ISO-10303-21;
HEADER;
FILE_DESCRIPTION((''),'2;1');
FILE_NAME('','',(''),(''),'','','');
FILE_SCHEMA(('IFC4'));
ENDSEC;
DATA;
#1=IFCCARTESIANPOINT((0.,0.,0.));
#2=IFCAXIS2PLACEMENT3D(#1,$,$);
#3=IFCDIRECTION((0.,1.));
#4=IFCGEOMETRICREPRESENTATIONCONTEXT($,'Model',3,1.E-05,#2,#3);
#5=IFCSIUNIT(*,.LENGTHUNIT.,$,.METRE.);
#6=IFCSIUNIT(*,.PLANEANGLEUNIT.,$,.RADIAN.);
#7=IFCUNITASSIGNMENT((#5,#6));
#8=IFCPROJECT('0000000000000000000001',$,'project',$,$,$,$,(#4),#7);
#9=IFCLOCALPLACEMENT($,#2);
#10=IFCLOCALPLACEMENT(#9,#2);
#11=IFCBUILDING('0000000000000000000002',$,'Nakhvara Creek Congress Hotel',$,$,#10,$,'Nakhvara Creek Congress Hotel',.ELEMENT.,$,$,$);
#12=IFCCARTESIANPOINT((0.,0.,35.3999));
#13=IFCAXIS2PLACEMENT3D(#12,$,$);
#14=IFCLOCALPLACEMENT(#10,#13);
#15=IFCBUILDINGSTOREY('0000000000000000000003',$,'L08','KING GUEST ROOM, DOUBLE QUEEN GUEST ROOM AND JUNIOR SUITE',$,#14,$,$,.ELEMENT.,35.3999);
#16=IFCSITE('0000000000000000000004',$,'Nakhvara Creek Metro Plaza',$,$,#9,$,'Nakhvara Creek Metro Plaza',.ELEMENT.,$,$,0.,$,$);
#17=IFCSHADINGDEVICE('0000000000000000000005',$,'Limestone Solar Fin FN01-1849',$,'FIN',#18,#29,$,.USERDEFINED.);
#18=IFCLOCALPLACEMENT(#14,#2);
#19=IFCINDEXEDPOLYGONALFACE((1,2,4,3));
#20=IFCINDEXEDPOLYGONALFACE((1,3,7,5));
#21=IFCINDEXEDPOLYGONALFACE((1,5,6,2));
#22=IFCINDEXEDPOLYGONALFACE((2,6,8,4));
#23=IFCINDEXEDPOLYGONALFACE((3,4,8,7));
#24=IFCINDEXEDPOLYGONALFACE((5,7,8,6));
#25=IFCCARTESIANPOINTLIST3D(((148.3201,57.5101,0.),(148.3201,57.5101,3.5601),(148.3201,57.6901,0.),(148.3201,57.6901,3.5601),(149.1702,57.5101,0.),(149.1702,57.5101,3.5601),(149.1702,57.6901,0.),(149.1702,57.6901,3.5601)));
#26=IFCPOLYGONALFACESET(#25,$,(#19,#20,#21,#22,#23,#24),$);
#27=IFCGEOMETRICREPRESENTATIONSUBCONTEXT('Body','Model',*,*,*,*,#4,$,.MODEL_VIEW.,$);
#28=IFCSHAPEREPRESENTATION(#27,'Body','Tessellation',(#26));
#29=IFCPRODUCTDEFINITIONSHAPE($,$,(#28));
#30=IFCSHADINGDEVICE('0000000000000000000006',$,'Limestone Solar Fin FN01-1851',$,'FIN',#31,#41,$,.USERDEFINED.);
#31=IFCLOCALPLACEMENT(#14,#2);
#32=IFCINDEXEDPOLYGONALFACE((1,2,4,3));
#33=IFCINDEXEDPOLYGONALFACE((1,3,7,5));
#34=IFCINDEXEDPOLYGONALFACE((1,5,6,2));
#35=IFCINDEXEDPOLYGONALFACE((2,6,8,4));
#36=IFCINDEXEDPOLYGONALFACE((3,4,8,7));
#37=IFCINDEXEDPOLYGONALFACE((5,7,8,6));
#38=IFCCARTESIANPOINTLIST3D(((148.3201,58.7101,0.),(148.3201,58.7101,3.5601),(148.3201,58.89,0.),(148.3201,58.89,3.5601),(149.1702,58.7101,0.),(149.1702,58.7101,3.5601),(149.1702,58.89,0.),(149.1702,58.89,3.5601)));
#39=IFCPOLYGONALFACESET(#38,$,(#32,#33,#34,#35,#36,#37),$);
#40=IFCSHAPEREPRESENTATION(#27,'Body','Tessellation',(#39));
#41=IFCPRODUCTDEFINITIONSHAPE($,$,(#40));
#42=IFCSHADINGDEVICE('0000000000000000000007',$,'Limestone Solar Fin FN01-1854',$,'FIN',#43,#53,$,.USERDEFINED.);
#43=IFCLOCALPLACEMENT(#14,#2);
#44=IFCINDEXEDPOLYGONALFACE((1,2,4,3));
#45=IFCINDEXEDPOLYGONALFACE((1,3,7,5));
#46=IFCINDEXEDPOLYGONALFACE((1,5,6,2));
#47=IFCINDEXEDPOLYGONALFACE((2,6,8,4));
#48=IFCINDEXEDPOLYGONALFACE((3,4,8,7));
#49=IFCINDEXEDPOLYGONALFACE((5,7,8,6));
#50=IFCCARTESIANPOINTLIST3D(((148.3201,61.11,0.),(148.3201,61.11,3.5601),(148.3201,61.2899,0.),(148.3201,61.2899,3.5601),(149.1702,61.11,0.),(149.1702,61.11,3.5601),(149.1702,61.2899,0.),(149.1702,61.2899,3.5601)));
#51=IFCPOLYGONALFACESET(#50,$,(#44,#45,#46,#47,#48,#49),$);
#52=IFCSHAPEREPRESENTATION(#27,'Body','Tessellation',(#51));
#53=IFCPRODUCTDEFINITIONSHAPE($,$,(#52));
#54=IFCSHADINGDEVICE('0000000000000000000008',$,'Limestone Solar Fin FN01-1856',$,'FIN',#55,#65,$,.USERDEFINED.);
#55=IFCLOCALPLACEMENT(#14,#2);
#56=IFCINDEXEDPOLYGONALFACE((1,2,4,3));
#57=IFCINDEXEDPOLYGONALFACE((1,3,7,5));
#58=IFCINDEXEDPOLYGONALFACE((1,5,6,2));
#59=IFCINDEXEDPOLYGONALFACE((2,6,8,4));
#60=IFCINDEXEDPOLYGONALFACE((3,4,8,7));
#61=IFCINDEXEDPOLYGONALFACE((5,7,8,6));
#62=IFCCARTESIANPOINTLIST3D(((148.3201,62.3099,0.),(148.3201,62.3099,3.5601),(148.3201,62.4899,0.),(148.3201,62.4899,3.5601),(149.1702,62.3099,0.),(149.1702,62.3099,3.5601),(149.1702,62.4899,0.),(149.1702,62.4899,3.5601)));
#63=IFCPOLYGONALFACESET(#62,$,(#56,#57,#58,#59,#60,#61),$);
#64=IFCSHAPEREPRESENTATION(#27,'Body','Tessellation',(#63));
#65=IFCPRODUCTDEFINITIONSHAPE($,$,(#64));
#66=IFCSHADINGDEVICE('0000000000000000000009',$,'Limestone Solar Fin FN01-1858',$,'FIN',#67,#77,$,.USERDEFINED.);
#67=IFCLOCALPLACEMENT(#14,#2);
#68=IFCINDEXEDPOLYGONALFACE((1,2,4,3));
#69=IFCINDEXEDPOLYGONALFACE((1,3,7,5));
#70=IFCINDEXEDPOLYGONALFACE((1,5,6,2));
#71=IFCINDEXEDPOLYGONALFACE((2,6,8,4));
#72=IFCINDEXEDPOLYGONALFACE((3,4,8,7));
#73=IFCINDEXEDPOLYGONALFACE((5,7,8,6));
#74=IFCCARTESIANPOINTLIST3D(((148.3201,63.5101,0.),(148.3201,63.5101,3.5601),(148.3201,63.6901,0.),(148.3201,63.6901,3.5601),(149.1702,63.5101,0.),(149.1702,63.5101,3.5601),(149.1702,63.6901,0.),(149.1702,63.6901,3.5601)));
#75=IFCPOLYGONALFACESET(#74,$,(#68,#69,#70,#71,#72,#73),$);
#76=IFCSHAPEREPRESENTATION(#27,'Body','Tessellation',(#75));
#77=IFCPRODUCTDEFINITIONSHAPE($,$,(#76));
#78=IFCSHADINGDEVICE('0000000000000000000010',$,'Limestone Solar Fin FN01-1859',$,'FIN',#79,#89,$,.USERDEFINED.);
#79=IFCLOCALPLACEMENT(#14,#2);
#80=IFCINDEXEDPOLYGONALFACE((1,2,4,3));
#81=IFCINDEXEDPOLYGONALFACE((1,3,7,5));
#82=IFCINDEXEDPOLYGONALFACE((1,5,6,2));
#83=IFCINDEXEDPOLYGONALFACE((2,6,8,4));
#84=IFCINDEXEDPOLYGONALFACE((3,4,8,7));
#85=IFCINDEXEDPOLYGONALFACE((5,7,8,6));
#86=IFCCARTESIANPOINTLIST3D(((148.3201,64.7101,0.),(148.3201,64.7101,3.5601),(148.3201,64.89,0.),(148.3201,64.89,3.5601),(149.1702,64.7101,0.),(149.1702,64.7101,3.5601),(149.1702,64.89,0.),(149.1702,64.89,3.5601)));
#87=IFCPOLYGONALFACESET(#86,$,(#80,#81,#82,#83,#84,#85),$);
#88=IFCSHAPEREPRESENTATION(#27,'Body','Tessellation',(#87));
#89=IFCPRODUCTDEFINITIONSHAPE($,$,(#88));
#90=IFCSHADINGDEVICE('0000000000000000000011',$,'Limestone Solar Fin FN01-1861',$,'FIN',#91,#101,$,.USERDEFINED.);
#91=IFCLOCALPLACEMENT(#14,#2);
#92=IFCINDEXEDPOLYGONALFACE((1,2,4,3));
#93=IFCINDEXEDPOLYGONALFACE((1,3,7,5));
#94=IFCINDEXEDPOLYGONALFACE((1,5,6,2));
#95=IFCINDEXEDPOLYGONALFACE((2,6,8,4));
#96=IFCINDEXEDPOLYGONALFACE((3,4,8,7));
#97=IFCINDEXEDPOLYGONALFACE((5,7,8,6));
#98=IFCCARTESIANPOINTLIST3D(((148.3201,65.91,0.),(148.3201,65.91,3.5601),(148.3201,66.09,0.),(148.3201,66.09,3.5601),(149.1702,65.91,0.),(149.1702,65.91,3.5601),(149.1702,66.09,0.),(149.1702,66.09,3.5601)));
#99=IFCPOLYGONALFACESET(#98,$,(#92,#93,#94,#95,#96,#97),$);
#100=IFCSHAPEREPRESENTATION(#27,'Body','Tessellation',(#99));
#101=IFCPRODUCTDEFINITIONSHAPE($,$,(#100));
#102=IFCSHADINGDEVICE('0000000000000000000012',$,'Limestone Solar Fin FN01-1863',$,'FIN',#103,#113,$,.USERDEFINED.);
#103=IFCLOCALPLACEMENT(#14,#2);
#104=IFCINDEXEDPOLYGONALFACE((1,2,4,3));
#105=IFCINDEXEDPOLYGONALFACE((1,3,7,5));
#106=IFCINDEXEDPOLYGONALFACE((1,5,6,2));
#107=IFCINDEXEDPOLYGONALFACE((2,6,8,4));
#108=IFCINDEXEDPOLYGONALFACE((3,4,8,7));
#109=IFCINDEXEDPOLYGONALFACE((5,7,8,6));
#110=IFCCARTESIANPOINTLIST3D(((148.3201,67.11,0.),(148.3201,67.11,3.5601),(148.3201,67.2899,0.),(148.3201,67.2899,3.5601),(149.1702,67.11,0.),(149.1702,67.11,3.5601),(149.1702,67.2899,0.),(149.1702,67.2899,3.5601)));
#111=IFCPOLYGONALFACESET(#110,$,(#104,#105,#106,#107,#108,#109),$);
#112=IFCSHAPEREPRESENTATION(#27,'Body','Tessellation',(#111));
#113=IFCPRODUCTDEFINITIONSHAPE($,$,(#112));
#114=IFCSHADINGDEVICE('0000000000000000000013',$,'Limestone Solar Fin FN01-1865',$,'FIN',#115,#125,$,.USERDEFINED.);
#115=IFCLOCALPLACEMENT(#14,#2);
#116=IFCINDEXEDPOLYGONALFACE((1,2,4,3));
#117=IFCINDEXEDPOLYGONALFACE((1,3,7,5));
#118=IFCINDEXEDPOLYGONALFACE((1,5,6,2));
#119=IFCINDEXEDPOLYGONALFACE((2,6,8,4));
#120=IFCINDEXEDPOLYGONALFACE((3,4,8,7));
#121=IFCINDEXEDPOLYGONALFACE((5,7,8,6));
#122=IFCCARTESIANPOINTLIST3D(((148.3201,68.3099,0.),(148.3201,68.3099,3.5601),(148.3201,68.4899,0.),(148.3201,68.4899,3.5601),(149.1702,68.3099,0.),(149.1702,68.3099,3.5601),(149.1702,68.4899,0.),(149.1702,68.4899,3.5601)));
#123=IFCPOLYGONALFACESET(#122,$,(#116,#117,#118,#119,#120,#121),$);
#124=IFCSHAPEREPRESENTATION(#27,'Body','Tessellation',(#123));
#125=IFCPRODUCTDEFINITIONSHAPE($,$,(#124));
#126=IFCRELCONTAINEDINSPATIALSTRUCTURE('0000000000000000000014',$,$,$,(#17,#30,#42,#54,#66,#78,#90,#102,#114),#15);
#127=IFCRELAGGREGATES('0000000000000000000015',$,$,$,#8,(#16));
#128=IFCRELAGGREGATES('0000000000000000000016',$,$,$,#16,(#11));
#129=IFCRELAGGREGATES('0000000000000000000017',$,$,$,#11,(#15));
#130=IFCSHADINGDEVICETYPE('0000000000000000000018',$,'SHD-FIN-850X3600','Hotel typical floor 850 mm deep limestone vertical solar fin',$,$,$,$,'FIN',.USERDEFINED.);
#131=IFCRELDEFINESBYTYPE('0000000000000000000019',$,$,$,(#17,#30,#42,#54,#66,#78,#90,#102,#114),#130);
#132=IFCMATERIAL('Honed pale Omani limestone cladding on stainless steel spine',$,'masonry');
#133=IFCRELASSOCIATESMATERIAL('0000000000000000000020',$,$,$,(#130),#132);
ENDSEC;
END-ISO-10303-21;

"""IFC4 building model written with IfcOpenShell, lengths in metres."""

from ifc_helpers import new_model, si_unit, direction, frame, origin, origin_2d, place, context, subcontext, project, spatial, rectangle, extrude, material, type_object, element, save


model = new_model("IFC4")

# Units and contexts
model_context = context("Model", 3, precision=1e-05, world=origin(), true_north=direction((0.0, 1.0)))
body_context = subcontext(model_context, "Body", "Model", "MODEL_VIEW")
ifc_project = project(units=[si_unit("LENGTHUNIT", "METRE"), si_unit("PLANEANGLEUNIT", "RADIAN")], contexts=[model_context])

# Site, building, storey
site_placement = place(None, origin())
site = spatial("IfcSite", under=ifc_project, at=site_placement, Name="Nakhvara Creek Metro Plaza", LongName="Nakhvara Creek Metro Plaza", CompositionType="ELEMENT", RefElevation=0.0)
building_placement = place(site_placement, origin())
building = spatial("IfcBuilding", under=site, at=building_placement, Name="Nakhvara Creek Congress Hotel", LongName="Nakhvara Creek Congress Hotel", CompositionType="ELEMENT")
storey_placement = place(building_placement, frame((0.0, 0.0, 35.3999)))
storey = spatial("IfcBuildingStorey", under=building, at=storey_placement, Name="L08", Description="KING GUEST ROOM, DOUBLE QUEEN GUEST ROOM AND JUNIOR SUITE", CompositionType="ELEMENT", Elevation=35.3999)

# Shading devices
ifc_material_1 = material(Name="Honed pale Omani limestone cladding on stainless steel spine", Category="masonry")
shading_device_type = type_object("IfcShadingDeviceType", Name="SHD-FIN-850X3600", Description="Hotel typical floor 850 mm deep limestone vertical solar fin", ElementType="FIN", PredefinedType="USERDEFINED", material=ifc_material_1)
for number, where, z_axis, x_axis, name in (
    (1, (148.7451, 57.6001, 0.0), (0.0, 0.0, 1.0), (0.0, 1.0, 0.0), "Limestone Solar Fin FN01-1849"),
    (2, (148.7451, 58.8, 0.0), (0.0, 0.0, 1.0), (0.0, 1.0, 0.0), "Limestone Solar Fin FN01-1851"),
    (3, (148.7451, 61.2, 0.0), (0.0, 0.0, 1.0), (0.0, 1.0, 0.0), "Limestone Solar Fin FN01-1854"),
    (4, (148.7451, 62.3999, 0.0), (0.0, 0.0, 1.0), (0.0, 1.0, 0.0), "Limestone Solar Fin FN01-1856"),
    (5, (148.7451, 63.6001, 0.0), (0.0, 0.0, 1.0), (0.0, 1.0, 0.0), "Limestone Solar Fin FN01-1858"),
    (6, (148.7451, 64.8, 0.0), (0.0, 0.0, 1.0), (0.0, 1.0, 0.0), "Limestone Solar Fin FN01-1859"),
    (7, (148.7451, 66.0, 0.0), (0.0, 0.0, 1.0), (0.0, 1.0, 0.0), "Limestone Solar Fin FN01-1861"),
    (8, (148.7451, 67.2, 0.0), (0.0, 0.0, 1.0), (0.0, 1.0, 0.0), "Limestone Solar Fin FN01-1863"),
    (9, (148.7451, 68.3999, 0.0), (0.0, 0.0, 1.0), (0.0, 1.0, 0.0), "Limestone Solar Fin FN01-1865"),
):
    element("IfcShadingDevice", number, at=place(storey_placement, frame(where, z_axis=z_axis, x_axis=x_axis)), inside=storey, type_object=shading_device_type, Name=name, ObjectType="FIN", PredefinedType="USERDEFINED", context=body_context, shape_type="SweptSolid", body=[
        extrude(rectangle(XDim=0.1799, YDim=0.8501, at=origin_2d()), origin(), (0.0, 0.0, 1.0), 3.5601),
    ])

save(model, "model.ifc")
